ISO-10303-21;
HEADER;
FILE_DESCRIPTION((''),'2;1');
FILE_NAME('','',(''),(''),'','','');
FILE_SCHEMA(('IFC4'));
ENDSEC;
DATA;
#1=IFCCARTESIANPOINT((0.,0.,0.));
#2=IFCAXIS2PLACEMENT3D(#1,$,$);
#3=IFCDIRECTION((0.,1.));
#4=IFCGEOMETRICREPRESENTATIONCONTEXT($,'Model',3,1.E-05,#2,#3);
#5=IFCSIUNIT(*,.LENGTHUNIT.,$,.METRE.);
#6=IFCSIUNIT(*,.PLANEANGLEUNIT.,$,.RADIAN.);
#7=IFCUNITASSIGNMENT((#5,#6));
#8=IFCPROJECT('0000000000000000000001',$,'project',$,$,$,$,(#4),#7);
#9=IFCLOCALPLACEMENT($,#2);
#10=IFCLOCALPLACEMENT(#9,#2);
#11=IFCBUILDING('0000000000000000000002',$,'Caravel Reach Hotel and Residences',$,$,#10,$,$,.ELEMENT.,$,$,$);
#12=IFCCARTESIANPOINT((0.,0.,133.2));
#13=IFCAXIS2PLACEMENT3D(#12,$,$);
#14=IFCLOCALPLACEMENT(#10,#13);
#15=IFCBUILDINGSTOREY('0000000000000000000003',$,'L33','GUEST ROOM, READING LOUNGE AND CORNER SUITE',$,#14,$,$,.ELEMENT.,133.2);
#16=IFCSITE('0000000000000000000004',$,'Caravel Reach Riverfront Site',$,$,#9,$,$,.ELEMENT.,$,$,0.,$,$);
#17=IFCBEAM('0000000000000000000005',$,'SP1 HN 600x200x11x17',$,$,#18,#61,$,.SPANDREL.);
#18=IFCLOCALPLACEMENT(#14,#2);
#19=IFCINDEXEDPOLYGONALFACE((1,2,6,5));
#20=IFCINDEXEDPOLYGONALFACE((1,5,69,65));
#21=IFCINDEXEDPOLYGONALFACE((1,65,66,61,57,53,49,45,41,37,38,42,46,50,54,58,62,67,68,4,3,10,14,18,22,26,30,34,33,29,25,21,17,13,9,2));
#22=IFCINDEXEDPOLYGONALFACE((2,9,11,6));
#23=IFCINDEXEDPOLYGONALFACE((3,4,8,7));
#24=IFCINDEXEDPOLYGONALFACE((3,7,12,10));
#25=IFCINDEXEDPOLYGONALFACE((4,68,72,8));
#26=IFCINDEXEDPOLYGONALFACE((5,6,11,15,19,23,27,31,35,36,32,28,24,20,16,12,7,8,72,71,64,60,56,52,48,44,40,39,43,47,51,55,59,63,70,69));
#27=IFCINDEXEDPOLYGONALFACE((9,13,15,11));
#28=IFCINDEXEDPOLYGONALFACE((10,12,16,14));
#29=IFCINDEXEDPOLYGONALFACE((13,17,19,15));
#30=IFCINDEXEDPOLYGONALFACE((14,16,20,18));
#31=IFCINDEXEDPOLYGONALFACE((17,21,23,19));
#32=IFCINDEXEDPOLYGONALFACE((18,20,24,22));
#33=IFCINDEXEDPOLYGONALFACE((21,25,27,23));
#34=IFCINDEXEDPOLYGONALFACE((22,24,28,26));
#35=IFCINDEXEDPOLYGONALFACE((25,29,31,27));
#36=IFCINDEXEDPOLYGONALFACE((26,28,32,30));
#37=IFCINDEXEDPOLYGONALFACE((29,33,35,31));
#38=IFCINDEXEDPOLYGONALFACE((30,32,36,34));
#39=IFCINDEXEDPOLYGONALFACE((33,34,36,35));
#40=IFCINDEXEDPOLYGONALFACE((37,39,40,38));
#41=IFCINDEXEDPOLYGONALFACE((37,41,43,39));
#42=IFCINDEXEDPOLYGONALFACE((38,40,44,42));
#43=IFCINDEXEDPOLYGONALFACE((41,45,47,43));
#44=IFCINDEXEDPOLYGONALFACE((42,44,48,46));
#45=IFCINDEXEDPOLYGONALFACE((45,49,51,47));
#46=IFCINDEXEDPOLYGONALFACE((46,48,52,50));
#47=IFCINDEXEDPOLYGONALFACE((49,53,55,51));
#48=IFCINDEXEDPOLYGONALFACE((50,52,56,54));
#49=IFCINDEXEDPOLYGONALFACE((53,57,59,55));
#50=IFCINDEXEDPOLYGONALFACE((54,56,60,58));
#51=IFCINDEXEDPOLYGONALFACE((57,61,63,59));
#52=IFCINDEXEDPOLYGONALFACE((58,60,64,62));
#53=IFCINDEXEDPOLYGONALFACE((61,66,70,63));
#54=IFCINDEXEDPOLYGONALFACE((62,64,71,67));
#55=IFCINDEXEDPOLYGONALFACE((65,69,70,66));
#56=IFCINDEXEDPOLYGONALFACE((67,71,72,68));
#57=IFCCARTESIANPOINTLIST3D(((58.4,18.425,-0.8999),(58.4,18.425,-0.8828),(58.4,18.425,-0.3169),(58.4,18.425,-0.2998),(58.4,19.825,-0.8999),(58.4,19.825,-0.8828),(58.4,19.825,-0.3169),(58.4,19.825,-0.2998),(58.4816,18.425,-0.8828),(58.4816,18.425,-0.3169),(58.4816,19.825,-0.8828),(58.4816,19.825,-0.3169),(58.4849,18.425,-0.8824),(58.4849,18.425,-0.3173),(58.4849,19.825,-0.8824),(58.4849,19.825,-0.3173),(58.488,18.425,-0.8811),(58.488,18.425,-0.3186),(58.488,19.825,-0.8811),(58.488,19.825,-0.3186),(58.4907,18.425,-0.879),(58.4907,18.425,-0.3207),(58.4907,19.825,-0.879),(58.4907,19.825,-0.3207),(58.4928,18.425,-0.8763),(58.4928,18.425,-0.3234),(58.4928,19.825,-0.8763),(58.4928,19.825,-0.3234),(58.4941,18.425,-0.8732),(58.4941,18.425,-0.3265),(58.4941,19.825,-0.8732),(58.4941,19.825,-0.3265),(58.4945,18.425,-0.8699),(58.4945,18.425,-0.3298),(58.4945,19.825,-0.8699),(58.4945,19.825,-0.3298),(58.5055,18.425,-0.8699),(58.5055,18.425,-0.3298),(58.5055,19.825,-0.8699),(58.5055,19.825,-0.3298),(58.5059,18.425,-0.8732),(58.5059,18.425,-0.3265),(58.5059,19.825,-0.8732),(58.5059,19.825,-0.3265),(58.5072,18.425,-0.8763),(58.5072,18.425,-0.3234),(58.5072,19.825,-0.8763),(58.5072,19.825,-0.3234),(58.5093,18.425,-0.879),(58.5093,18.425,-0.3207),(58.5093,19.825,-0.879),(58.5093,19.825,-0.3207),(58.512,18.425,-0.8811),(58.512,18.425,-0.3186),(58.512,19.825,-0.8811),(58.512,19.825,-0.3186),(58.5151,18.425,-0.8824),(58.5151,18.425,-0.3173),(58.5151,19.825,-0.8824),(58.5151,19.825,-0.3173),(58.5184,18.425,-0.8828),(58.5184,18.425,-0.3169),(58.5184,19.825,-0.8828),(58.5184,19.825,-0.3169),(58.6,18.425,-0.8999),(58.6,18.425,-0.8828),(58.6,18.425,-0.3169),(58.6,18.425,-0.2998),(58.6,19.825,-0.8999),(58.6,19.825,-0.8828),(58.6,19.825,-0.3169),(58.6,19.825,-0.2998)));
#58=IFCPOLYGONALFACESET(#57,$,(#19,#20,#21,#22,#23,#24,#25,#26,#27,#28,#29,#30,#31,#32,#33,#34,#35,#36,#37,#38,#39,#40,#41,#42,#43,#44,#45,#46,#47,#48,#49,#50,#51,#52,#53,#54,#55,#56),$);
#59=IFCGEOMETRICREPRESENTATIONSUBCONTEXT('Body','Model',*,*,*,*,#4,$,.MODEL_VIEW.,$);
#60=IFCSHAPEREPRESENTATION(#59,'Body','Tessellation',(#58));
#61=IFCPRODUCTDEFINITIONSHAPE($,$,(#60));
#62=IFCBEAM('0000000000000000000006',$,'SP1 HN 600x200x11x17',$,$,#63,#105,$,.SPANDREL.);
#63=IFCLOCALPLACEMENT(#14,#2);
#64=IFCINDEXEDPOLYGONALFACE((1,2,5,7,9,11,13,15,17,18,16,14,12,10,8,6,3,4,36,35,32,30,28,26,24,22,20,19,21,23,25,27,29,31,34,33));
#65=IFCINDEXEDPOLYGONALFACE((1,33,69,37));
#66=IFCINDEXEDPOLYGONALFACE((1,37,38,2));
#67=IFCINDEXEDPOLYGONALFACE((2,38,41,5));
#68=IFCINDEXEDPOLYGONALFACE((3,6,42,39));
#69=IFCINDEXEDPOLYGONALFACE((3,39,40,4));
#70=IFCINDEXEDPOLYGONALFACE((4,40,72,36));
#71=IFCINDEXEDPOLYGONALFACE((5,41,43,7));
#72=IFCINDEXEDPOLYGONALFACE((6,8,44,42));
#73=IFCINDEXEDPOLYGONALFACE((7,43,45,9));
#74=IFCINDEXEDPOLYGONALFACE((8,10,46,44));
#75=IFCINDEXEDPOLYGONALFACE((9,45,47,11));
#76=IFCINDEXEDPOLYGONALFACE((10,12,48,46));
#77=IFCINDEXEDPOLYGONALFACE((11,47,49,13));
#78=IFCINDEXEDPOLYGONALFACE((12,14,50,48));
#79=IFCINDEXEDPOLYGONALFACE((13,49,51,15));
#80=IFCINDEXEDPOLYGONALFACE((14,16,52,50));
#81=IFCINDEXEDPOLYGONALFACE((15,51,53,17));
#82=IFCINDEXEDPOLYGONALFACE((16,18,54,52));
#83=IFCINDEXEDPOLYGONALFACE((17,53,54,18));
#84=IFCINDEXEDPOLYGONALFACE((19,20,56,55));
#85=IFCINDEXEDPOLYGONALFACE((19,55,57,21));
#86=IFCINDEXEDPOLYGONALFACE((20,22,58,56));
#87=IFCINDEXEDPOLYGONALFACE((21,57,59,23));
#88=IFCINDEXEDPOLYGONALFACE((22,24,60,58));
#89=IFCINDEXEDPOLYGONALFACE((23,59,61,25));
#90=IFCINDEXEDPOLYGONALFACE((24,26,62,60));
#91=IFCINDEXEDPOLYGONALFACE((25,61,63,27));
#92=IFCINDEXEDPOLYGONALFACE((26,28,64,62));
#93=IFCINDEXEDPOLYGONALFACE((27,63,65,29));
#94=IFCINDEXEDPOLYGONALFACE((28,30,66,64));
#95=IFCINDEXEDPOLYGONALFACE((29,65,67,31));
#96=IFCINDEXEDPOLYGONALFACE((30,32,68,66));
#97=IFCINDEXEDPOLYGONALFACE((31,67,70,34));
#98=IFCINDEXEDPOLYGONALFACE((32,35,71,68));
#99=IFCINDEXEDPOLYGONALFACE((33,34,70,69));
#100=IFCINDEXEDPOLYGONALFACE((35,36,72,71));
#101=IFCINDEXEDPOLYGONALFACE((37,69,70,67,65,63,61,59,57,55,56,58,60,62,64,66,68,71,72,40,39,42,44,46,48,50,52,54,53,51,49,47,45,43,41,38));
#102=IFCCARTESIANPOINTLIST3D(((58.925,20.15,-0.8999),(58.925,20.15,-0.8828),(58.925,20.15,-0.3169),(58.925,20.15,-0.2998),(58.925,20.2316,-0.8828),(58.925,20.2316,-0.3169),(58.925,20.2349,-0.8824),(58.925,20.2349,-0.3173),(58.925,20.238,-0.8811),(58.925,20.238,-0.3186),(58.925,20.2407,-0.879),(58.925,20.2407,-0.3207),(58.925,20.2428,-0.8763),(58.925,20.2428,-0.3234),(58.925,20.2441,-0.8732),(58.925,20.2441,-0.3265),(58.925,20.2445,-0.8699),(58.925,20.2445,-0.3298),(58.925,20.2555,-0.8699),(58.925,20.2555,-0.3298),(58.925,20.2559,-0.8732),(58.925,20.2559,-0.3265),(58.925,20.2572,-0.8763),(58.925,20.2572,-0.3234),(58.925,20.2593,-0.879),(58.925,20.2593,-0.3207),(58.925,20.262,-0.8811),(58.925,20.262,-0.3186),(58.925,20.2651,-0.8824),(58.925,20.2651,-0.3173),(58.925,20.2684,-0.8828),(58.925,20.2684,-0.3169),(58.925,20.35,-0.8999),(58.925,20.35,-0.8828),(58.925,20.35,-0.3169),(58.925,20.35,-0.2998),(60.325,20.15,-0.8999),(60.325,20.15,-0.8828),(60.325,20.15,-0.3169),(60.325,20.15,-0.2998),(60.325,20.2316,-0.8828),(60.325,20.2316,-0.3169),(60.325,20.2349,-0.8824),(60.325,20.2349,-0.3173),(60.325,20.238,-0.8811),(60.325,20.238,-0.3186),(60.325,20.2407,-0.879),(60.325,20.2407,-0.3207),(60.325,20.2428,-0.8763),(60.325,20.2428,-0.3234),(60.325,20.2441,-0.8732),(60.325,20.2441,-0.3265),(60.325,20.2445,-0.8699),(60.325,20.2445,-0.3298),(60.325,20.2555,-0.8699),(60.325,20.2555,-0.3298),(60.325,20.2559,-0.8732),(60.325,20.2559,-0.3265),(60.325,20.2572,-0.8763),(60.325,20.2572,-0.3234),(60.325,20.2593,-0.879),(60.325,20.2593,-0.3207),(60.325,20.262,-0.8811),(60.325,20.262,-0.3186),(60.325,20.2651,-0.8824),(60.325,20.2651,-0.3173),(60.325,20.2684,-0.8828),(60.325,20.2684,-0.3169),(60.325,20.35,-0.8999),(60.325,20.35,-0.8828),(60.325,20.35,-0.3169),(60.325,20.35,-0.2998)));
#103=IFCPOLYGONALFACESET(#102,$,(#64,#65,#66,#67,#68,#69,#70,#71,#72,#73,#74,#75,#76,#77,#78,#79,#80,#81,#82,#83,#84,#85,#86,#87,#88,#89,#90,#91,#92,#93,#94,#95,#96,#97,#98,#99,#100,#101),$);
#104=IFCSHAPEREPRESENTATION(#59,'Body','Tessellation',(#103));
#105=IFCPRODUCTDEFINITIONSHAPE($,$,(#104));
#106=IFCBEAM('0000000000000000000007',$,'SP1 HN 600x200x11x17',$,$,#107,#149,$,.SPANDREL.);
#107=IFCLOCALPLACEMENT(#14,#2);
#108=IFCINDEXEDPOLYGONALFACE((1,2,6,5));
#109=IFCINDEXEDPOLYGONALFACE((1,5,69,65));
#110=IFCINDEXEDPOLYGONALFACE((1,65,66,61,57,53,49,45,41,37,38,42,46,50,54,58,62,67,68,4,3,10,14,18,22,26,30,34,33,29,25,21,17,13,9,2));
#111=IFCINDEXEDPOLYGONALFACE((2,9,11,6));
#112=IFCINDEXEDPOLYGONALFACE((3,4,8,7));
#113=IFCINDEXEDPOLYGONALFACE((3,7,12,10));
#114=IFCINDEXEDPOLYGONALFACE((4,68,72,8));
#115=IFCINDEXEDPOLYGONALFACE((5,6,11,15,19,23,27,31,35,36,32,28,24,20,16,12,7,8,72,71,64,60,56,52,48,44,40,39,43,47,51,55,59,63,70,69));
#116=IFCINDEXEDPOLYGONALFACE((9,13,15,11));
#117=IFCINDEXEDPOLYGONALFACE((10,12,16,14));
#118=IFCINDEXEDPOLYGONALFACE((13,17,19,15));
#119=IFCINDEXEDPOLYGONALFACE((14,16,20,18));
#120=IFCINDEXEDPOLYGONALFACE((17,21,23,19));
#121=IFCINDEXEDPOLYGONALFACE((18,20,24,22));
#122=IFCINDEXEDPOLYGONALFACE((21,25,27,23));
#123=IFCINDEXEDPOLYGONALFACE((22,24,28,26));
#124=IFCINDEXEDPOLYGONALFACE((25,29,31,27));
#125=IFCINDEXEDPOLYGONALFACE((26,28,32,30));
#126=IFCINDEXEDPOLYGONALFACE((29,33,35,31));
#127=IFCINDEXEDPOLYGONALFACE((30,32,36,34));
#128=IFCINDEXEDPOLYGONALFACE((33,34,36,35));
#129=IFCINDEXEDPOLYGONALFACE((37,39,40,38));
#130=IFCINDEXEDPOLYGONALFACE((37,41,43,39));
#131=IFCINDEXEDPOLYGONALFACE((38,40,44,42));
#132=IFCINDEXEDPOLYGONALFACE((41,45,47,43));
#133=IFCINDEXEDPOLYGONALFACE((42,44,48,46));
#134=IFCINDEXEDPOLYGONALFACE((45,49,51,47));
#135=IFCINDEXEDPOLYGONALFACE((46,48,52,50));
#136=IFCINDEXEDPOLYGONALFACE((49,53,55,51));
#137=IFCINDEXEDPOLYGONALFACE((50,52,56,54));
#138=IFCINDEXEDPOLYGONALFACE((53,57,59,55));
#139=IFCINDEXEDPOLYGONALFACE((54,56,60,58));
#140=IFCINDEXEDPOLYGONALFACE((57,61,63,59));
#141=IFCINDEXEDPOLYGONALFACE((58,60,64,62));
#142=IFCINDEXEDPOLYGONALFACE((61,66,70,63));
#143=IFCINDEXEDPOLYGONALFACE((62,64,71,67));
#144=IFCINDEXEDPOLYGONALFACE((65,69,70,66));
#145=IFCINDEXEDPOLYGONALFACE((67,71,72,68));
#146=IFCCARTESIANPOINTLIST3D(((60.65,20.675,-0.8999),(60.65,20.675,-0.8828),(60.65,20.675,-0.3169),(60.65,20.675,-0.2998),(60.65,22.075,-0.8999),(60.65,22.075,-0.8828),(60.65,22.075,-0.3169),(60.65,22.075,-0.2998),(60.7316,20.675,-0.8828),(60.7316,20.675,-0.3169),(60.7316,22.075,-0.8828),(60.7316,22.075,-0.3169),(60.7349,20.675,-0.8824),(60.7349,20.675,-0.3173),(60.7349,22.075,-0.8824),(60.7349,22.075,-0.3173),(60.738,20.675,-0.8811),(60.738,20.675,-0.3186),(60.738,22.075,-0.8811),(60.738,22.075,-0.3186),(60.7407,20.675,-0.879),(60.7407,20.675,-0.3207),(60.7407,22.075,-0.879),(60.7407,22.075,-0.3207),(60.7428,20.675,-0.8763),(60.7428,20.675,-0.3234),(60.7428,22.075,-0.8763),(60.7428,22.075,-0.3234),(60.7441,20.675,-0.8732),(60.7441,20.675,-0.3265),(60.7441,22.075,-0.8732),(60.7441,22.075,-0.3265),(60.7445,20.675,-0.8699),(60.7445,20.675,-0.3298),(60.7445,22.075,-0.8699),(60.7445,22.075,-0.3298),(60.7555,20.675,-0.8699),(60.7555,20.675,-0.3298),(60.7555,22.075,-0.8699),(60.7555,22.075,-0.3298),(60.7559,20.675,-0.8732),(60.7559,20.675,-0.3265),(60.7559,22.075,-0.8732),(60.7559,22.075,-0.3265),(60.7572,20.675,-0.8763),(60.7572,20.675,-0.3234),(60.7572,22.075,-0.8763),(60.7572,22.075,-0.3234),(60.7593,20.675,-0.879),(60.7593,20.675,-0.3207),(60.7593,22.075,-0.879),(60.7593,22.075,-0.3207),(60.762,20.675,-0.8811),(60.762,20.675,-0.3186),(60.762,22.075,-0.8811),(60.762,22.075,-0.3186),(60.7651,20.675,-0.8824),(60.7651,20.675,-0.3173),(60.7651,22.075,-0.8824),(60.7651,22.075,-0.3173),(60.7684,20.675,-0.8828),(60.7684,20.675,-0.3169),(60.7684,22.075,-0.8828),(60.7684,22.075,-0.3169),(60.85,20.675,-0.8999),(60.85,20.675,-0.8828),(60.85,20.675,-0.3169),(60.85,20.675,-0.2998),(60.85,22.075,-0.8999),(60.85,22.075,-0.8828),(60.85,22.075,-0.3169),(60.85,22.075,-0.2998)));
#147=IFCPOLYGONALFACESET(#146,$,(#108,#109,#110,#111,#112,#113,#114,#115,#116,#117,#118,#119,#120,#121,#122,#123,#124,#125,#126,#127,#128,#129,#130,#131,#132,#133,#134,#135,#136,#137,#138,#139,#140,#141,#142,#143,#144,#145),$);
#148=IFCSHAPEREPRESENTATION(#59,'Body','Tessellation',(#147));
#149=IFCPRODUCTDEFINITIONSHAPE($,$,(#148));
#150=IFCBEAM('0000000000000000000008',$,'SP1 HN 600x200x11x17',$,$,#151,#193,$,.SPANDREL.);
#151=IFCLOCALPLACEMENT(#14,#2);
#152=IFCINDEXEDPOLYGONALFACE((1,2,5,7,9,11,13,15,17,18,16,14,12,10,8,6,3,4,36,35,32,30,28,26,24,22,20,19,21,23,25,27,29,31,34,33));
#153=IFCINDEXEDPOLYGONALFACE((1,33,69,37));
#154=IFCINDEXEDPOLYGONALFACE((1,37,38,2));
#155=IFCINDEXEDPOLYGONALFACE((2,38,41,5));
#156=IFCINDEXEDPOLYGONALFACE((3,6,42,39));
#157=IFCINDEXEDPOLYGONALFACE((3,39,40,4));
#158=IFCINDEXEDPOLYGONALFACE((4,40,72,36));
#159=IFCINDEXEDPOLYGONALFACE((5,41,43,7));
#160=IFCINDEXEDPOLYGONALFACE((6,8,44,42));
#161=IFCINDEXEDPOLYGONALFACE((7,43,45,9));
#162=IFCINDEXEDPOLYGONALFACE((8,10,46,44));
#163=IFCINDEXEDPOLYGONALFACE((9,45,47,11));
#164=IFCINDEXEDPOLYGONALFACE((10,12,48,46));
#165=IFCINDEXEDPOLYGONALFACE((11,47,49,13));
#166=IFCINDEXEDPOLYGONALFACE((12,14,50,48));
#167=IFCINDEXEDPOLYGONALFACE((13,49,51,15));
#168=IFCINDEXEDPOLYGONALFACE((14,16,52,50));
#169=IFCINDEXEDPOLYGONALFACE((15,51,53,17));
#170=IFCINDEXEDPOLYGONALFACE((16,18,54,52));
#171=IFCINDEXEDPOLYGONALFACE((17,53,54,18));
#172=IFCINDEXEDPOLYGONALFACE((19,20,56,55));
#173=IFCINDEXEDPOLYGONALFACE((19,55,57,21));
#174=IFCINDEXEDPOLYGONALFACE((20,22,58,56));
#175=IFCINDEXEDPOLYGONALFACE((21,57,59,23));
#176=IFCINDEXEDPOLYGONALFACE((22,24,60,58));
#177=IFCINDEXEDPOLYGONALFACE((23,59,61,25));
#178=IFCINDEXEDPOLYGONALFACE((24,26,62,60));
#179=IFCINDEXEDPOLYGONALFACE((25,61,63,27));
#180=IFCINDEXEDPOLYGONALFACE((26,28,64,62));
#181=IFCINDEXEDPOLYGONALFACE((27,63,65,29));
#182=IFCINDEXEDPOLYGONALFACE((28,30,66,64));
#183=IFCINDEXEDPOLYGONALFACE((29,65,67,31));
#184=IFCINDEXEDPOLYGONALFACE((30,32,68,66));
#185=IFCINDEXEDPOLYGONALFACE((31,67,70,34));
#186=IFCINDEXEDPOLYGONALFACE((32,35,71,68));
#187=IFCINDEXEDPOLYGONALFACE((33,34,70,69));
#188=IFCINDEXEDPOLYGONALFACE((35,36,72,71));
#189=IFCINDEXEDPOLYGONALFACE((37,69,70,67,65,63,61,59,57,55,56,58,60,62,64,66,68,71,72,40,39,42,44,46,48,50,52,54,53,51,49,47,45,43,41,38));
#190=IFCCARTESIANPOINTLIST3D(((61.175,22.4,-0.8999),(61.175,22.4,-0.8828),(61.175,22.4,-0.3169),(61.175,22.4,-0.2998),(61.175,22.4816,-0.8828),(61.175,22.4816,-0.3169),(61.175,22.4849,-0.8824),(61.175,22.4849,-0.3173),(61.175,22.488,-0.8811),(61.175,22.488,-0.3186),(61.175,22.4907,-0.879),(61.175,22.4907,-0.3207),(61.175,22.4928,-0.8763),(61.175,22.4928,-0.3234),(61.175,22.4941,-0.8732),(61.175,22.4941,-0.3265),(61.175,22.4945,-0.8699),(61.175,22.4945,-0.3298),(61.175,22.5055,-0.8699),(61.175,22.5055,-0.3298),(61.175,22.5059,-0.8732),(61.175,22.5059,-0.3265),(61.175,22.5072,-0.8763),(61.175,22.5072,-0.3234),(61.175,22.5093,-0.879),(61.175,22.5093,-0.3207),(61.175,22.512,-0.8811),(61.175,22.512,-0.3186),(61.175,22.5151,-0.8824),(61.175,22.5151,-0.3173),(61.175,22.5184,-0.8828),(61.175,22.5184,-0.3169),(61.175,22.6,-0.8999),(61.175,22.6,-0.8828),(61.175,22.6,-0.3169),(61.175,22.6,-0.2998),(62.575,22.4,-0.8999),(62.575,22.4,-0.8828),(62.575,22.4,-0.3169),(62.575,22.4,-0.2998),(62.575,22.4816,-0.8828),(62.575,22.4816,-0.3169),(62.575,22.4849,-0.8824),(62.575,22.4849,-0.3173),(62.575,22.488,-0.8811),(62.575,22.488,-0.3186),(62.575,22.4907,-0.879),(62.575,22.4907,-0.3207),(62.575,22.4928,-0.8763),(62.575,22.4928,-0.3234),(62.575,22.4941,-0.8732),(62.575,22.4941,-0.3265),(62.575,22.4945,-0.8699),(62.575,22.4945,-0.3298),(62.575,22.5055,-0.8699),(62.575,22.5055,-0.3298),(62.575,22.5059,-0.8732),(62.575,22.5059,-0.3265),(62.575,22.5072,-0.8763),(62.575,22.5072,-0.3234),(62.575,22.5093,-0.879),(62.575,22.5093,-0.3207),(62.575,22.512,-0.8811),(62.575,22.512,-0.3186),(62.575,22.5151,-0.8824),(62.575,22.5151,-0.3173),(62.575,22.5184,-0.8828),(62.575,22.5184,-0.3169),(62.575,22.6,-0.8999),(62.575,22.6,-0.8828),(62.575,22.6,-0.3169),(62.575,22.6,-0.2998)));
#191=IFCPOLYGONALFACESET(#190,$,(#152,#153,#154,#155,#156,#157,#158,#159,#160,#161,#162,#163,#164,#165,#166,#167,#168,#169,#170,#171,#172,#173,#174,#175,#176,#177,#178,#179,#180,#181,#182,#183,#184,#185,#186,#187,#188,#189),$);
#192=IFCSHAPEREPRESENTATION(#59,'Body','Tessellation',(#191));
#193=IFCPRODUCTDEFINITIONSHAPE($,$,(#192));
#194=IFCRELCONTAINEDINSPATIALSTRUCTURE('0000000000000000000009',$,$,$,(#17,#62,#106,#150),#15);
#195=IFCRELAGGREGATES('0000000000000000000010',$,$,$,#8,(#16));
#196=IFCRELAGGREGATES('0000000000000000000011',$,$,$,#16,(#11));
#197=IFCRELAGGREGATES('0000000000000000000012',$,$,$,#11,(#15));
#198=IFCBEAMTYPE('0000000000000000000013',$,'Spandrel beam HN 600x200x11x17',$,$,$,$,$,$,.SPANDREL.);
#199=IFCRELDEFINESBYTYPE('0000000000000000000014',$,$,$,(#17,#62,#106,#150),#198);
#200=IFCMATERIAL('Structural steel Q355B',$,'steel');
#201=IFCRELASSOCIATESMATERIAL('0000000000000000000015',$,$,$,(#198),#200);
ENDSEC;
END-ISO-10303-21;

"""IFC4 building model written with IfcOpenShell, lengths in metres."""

from ifc_helpers import new_model, si_unit, direction, frame, origin, origin_2d, place, context, subcontext, project, spatial, i_section, extrude, material, material_profile, profile_set, type_object, element, save


model = new_model("IFC4")

# Units and contexts
model_context = context("Model", 3, precision=1e-05, world=origin(), true_north=direction((0.0, 1.0)))
body_context = subcontext(model_context, "Body", "Model", "MODEL_VIEW")
ifc_project = project(units=[si_unit("LENGTHUNIT", "METRE"), si_unit("PLANEANGLEUNIT", "RADIAN")], contexts=[model_context])

# Site, building, storey
site_placement = place(None, origin())
site = spatial("IfcSite", under=ifc_project, at=site_placement, Name="Caravel Reach Riverfront Site", CompositionType="ELEMENT", RefElevation=0.0)
building_placement = place(site_placement, origin())
building = spatial("IfcBuilding", under=site, at=building_placement, Name="Caravel Reach Hotel and Residences", CompositionType="ELEMENT")
storey_placement = place(building_placement, frame((0.0, 0.0, 133.2)))
storey = spatial("IfcBuildingStorey", under=building, at=storey_placement, Name="L33", Description="GUEST ROOM, READING LOUNGE AND CORNER SUITE", CompositionType="ELEMENT", Elevation=133.2)

# Beams
ifc_material_1 = material(Name="Structural steel Q355B", Category="steel")
ifc_material_profile_1 = material_profile(ifc_material_1, i_section(OverallWidth=0.2, OverallDepth=0.6001, WebThickness=0.011, FlangeThickness=0.0171, FilletRadius=0.0129, at=origin_2d()), Name="HN 600x200x11x17")
ifc_profile_set_1 = profile_set([ifc_material_profile_1], Name="Structural steel Q355B")
beam_type_1 = type_object("IfcBeamType", Name="Spandrel beam HN 600x200x11x17", PredefinedType="SPANDREL", material=ifc_profile_set_1)
for number, where, z_axis, x_axis, name in (
    (1, (58.5, 18.425, -0.5999), (0.0, 1.0, 0.0), (-1.0, 0.0, 0.0), "SP1 HN 600x200x11x17"),
    (2, (58.925, 20.25, -0.5999), (1.0, 0.0, 0.0), (0.0, 1.0, 0.0), "SP1 HN 600x200x11x17"),
    (3, (60.75, 20.675, -0.5999), (0.0, 1.0, 0.0), (-1.0, 0.0, 0.0), "SP1 HN 600x200x11x17"),
    (4, (61.175, 22.5, -0.5999), (1.0, 0.0, 0.0), (0.0, 1.0, 0.0), "SP1 HN 600x200x11x17"),
):
    element("IfcBeam", number, at=place(storey_placement, frame(where, z_axis=z_axis, x_axis=x_axis)), inside=storey, type_object=beam_type_1, Name=name, PredefinedType="SPANDREL", context=body_context, shape_type="SweptSolid", body=[
        extrude(i_section(OverallWidth=0.2, OverallDepth=0.6001, WebThickness=0.011, FlangeThickness=0.0171, FilletRadius=0.0129, at=origin_2d()), origin(), (0.0, 0.0, 1.0), 1.3999),
    ])

save(model, "model.ifc")
